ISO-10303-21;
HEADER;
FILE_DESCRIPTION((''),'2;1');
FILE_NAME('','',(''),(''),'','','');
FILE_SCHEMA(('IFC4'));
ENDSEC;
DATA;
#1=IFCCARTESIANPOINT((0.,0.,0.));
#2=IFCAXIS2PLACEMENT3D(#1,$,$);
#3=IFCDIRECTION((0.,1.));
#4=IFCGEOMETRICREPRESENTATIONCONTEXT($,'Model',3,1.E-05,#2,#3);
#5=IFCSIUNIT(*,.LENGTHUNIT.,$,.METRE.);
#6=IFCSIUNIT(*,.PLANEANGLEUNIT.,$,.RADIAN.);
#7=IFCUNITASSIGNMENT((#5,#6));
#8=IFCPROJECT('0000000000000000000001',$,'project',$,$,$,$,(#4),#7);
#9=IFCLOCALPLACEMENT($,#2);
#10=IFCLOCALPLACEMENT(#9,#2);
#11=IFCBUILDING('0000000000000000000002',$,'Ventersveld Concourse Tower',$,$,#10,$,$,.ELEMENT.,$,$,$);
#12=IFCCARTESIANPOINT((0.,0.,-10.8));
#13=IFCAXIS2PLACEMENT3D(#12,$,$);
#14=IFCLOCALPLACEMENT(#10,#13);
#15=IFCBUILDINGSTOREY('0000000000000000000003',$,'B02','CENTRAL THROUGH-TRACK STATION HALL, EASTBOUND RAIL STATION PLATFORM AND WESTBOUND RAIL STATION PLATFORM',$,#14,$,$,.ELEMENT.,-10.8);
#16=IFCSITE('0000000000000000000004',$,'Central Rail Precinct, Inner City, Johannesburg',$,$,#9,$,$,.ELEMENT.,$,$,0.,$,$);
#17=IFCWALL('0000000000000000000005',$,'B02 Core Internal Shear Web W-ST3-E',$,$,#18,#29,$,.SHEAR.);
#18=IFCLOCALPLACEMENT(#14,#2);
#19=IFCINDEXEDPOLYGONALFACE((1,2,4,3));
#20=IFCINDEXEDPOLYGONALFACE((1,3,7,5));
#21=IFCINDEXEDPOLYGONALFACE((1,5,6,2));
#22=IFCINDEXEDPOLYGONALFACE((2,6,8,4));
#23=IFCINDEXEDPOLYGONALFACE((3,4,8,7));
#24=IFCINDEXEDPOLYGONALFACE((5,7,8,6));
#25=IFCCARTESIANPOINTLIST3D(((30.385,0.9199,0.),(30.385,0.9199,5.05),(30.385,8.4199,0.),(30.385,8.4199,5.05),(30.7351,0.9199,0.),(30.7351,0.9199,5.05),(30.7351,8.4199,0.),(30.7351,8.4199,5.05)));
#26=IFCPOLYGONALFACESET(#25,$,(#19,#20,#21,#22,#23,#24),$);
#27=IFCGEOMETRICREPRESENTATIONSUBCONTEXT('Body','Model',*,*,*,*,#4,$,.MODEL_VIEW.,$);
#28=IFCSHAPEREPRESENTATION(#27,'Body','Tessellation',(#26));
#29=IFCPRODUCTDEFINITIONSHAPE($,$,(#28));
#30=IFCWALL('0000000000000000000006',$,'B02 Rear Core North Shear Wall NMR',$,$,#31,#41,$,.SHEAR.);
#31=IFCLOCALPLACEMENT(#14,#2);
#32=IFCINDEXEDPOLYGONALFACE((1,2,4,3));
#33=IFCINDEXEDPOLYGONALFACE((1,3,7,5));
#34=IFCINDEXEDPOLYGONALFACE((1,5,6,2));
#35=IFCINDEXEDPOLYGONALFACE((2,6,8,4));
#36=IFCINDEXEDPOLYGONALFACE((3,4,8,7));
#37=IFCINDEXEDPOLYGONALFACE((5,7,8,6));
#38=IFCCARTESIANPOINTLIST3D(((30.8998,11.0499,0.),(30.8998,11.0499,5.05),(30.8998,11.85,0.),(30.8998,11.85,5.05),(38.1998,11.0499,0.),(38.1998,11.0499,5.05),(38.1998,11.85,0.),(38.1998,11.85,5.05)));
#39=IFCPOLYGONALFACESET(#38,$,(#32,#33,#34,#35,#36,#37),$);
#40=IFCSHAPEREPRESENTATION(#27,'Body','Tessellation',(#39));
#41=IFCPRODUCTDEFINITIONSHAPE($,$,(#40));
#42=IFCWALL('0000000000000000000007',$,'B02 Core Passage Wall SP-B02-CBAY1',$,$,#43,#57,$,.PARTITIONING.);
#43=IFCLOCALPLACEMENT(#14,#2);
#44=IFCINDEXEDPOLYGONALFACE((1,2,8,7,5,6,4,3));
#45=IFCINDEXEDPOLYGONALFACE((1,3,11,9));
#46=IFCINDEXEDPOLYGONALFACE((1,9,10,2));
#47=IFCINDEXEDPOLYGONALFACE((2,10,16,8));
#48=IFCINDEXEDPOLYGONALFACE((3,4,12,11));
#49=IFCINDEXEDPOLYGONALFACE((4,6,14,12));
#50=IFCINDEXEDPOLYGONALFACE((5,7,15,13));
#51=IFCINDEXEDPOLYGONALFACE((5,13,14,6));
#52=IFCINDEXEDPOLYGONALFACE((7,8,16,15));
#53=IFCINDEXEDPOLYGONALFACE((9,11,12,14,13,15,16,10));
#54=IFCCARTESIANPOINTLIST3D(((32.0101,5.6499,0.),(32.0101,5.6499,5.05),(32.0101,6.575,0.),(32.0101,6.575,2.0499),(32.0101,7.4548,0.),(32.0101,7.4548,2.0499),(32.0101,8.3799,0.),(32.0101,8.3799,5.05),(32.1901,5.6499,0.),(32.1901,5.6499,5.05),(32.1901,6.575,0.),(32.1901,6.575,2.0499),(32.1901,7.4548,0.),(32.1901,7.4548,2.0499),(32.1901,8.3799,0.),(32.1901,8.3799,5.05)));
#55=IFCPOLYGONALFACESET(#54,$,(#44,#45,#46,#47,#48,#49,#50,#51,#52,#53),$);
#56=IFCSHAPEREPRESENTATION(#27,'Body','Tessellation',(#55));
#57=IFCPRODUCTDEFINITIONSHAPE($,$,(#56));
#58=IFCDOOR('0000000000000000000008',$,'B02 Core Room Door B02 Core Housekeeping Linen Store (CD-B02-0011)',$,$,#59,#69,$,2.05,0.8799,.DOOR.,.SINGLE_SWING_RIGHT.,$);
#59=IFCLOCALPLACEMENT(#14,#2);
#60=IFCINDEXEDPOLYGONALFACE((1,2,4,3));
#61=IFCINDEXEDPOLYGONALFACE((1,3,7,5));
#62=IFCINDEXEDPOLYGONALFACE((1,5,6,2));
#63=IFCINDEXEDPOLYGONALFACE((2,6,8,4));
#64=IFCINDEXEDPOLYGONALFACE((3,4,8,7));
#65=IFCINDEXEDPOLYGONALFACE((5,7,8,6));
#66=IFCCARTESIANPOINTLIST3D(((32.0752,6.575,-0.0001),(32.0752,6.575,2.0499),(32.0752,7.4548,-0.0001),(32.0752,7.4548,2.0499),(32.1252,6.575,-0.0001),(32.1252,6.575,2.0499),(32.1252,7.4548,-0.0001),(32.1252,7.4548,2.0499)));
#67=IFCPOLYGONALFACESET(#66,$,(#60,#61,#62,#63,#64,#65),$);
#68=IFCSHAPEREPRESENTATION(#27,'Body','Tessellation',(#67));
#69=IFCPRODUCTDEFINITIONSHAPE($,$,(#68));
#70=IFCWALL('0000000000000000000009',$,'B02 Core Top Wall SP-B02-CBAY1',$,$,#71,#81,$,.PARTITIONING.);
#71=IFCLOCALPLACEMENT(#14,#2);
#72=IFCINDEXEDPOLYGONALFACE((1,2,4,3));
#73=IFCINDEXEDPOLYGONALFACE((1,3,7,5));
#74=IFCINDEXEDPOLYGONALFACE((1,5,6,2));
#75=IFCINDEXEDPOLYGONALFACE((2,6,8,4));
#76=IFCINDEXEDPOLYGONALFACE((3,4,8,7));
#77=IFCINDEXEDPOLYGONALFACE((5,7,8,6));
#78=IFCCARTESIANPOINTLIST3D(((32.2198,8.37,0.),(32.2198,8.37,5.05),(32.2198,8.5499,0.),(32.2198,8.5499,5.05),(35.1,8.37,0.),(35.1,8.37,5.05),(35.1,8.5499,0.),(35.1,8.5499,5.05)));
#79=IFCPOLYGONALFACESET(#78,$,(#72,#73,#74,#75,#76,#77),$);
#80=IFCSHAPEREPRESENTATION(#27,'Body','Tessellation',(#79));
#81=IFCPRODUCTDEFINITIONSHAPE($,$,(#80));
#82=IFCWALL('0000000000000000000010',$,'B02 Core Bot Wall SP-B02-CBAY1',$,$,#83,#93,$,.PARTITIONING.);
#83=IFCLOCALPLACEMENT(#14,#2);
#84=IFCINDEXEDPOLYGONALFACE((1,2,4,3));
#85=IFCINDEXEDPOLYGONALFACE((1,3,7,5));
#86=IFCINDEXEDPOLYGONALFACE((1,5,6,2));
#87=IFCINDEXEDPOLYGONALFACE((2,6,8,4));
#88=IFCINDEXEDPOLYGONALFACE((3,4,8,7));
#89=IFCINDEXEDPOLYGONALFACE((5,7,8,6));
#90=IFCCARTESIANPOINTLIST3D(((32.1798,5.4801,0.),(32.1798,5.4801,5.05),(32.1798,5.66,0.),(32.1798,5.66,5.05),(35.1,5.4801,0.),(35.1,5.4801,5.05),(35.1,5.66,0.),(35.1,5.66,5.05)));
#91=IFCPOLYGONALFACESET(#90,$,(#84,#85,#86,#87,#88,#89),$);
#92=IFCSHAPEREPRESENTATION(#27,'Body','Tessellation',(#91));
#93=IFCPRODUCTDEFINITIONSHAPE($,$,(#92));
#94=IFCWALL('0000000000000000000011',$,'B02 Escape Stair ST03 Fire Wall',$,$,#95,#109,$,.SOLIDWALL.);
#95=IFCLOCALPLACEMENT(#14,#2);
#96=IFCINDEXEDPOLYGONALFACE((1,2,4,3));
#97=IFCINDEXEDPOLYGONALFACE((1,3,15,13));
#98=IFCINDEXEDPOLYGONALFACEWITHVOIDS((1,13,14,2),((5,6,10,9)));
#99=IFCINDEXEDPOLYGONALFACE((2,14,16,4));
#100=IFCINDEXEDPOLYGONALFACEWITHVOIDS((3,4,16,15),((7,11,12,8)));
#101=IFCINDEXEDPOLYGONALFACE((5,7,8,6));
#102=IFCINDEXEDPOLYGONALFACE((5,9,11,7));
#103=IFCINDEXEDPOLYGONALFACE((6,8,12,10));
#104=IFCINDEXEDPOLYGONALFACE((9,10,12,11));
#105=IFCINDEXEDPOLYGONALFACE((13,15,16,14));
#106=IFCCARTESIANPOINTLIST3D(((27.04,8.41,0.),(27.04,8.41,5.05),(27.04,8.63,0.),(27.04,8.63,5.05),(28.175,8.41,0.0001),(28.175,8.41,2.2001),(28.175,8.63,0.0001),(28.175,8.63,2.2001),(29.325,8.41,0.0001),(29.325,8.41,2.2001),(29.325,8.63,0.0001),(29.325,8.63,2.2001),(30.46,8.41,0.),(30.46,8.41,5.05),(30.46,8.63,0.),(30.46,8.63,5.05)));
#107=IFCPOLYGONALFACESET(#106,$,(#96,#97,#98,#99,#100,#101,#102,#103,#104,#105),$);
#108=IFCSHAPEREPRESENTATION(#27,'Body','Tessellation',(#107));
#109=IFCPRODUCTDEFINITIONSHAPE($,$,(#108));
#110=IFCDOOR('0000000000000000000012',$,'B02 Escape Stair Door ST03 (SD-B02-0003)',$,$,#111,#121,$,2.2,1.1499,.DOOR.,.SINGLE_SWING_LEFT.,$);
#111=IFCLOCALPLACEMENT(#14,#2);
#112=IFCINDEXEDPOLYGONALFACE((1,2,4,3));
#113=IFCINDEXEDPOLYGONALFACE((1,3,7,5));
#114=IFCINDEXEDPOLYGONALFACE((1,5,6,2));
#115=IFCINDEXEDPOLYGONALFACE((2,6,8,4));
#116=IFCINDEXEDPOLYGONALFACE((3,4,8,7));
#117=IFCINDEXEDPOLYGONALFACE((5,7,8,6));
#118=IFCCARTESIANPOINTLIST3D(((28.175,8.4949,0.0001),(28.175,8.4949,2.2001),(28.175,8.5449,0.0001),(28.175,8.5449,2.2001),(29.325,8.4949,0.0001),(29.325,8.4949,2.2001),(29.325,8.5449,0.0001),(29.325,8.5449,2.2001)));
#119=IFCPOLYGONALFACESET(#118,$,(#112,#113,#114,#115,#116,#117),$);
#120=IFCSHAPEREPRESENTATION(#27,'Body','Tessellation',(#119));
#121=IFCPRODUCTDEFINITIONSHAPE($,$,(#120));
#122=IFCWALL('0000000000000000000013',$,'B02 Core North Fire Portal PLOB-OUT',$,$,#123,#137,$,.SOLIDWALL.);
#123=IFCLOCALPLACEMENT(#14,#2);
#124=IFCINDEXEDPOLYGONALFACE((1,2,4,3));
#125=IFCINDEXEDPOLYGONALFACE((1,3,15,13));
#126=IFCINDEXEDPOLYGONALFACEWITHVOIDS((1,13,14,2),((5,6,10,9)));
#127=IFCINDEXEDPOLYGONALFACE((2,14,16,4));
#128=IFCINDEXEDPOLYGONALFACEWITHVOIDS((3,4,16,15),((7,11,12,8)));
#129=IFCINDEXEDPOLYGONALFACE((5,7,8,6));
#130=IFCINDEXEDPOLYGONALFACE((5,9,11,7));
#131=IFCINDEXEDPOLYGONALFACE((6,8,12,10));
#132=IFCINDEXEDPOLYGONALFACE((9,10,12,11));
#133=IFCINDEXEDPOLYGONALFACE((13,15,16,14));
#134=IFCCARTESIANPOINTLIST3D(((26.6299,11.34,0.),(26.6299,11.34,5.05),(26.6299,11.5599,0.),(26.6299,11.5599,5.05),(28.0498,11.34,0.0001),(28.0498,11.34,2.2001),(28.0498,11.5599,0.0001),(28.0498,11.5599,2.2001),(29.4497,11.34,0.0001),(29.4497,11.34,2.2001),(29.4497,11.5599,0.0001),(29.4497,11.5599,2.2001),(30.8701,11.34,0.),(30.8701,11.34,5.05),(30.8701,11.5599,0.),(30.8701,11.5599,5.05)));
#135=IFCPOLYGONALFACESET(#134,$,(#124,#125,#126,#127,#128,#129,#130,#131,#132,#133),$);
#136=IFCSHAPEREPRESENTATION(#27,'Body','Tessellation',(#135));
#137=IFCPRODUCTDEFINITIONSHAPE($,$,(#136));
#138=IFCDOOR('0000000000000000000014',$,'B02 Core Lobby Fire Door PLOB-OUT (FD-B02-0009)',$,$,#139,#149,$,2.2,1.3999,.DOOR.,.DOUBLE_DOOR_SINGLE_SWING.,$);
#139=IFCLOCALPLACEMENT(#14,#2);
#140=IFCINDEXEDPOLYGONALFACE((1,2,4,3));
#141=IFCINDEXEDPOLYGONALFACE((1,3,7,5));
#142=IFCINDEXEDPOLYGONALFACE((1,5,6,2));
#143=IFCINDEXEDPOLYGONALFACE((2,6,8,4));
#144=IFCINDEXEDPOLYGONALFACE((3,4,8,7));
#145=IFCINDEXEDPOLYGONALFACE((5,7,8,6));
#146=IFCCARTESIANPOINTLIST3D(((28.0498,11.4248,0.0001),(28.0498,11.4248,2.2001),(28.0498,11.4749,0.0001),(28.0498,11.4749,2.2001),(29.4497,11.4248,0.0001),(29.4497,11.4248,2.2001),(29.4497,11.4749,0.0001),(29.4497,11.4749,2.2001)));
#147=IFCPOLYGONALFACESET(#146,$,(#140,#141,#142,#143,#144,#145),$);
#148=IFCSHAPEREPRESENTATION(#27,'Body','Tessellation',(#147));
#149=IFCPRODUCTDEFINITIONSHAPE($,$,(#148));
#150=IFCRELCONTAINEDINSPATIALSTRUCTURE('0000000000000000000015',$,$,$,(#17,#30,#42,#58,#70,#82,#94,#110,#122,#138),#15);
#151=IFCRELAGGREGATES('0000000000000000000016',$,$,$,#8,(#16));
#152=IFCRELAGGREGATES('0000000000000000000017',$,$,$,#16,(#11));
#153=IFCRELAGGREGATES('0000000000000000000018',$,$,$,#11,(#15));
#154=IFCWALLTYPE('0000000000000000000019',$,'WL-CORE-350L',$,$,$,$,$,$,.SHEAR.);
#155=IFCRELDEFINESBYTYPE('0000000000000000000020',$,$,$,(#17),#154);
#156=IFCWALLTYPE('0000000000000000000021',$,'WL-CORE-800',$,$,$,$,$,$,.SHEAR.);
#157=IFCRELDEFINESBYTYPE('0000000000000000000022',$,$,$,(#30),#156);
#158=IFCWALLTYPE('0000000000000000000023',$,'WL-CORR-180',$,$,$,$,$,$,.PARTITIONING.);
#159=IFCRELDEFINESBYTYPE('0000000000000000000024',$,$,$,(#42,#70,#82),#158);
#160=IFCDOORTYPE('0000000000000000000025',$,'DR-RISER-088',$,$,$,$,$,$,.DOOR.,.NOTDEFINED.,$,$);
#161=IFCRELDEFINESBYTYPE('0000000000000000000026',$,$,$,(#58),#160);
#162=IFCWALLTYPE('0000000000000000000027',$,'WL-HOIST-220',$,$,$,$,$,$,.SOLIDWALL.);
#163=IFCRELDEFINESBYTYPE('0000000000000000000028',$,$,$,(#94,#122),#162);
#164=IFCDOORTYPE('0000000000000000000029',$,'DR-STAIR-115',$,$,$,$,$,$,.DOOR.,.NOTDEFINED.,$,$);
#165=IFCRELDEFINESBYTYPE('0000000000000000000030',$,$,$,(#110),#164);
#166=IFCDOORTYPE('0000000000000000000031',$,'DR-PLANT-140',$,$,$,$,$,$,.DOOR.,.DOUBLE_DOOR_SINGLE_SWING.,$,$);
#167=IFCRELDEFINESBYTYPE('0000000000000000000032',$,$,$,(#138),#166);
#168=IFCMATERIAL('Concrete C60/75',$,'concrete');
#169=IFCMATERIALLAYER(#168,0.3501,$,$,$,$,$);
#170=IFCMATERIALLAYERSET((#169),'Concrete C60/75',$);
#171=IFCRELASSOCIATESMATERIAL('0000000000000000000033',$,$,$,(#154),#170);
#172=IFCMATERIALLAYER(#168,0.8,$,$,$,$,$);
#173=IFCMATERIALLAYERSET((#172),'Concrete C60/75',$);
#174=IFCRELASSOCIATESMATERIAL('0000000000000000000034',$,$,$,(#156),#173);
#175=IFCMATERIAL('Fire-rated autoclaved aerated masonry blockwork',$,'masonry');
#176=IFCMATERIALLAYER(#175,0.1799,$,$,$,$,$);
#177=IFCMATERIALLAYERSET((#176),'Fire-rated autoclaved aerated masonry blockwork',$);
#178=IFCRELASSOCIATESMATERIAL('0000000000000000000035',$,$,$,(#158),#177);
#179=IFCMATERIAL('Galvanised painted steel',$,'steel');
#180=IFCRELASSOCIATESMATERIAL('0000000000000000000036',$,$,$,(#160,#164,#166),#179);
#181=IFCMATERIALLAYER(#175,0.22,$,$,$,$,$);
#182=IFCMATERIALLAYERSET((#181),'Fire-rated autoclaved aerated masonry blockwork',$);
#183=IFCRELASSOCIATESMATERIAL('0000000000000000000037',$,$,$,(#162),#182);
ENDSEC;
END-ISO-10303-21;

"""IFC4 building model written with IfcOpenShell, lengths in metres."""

from ifc_helpers import new_model, si_unit, direction, frame, frame_2d, origin, place, context, subcontext, project, spatial, rectangle, extrude, material, layer, layer_set, type_object, element, fill, save


model = new_model("IFC4")

# Units and contexts
model_context = context("Model", 3, precision=1e-05, world=origin(), true_north=direction((0.0, 1.0)))
body_context = subcontext(model_context, "Body", "Model", "MODEL_VIEW")
ifc_project = project(units=[si_unit("LENGTHUNIT", "METRE"), si_unit("PLANEANGLEUNIT", "RADIAN")], contexts=[model_context])

# Site, building, storey
site_placement = place(None, origin())
site = spatial("IfcSite", under=ifc_project, at=site_placement, Name="Central Rail Precinct, Inner City, Johannesburg", CompositionType="ELEMENT", RefElevation=0.0)
building_placement = place(site_placement, origin())
building = spatial("IfcBuilding", under=site, at=building_placement, Name="Ventersveld Concourse Tower", CompositionType="ELEMENT")
storey_placement = place(building_placement, frame((0.0, 0.0, -10.8)))
storey = spatial("IfcBuildingStorey", under=building, at=storey_placement, Name="B02", Description="CENTRAL THROUGH-TRACK STATION HALL, EASTBOUND RAIL STATION PLATFORM AND WESTBOUND RAIL STATION PLATFORM", CompositionType="ELEMENT", Elevation=-10.8)

# Shared definitions
ifc_material_1 = material(Name="Concrete C60/75", Category="concrete")

# Walls
ifc_layer_1 = layer(ifc_material_1, 0.3501)
ifc_layer_set_1 = layer_set([ifc_layer_1], Name="Concrete C60/75")
wall_type_1 = type_object("IfcWallType", Name="WL-CORE-350L", PredefinedType="SHEAR", material=ifc_layer_set_1)
for number, where, z_axis, x_axis, name in (
    (1, (30.5601, 0.9199, 0.0), (0.0, 0.0, 1.0), (0.0, 1.0, 0.0), "B02 Core Internal Shear Web W-ST3-E"),
):
    element("IfcWall", number, at=place(storey_placement, frame(where, z_axis=z_axis, x_axis=x_axis)), inside=storey, type_object=wall_type_1, Name=name, PredefinedType="SHEAR", context=body_context, shape_type="SweptSolid", body=[
        extrude(rectangle(XDim=7.5, YDim=0.3501, at=frame_2d((3.75, 0.0))), origin(), (0.0, 0.0, 1.0), 5.05),
    ])
ifc_layer_2 = layer(ifc_material_1, 0.8)
ifc_layer_set_2 = layer_set([ifc_layer_2], Name="Concrete C60/75")
wall_type_2 = type_object("IfcWallType", Name="WL-CORE-800", PredefinedType="SHEAR", material=ifc_layer_set_2)
wall_1_placement = place(storey_placement, frame((30.8999, 11.45, 0.0), z_axis=(0.0, 0.0, 1.0), x_axis=(1.0, 0.0, 0.0)))
element("IfcWall", 2, at=wall_1_placement, inside=storey, type_object=wall_type_2, Name="B02 Rear Core North Shear Wall NMR", PredefinedType="SHEAR", context=body_context, shape_type="SweptSolid", body=[
    extrude(rectangle(XDim=7.3, YDim=0.8, at=frame_2d((3.6499, 0.0))), origin(), (0.0, 0.0, 1.0), 5.05),
])

# Wall, opening, door
ifc_material_2 = material(Name="Fire-rated autoclaved aerated masonry blockwork", Category="masonry")
ifc_layer_3 = layer(ifc_material_2, 0.1799)
ifc_layer_set_3 = layer_set([ifc_layer_3], Name="Fire-rated autoclaved aerated masonry blockwork")
wall_type_3 = type_object("IfcWallType", Name="WL-CORR-180", PredefinedType="PARTITIONING", material=ifc_layer_set_3)
wall_2_placement = place(storey_placement, frame((32.1001, 5.6499, 0.0), z_axis=(0.0, 0.0, 1.0), x_axis=(0.0, 1.0, 0.0)))
wall_2 = element("IfcWall", 3, at=wall_2_placement, inside=storey, type_object=wall_type_3, Name="B02 Core Passage Wall SP-B02-CBAY1", PredefinedType="PARTITIONING", context=body_context, shape_type="SweptSolid", body=[
    extrude(rectangle(XDim=2.73, YDim=0.1799, at=frame_2d((1.365, 0.0))), origin(), (0.0, 0.0, 1.0), 5.05),
])
opening_1_placement = place(wall_2_placement, frame((0.925, 0.0, 0.0)))
opening_1 = element("IfcOpeningElement", 4, at=opening_1_placement, cuts=wall_2, PredefinedType="OPENING", context=body_context, shape_type="SweptSolid", body=[
    extrude(rectangle(XDim=0.8799, YDim=2.05, at=frame_2d((0.4399, 1.0249))), frame((0.0, 0.1001, 0.0), z_axis=(0.0, -1.0, 0.0), x_axis=(1.0, 0.0, 0.0)), (0.0, 0.0, 1.0), 0.2),
])
ifc_material_3 = material(Name="Galvanised painted steel", Category="steel")
door_type_1 = type_object("IfcDoorType", Name="DR-RISER-088", OperationType="NOTDEFINED", PredefinedType="DOOR", material=ifc_material_3)
door_1_placement = place(opening_1_placement, origin())
door_1 = element("IfcDoor", 5, at=door_1_placement, inside=storey, type_object=door_type_1, Name="B02 Core Room Door B02 Core Housekeeping Linen Store (CD-B02-0011)", OperationType="SINGLE_SWING_RIGHT", OverallHeight=2.05, OverallWidth=0.8799, PredefinedType="DOOR", context=body_context, shape_type="SweptSolid", body=[
    extrude(rectangle(XDim=0.8799, YDim=2.05, at=frame_2d((0.4399, 1.0249))), frame((0.0, 0.0249, 0.0), z_axis=(0.0, -1.0, 0.0), x_axis=(1.0, 0.0, 0.0)), (0.0, 0.0, 1.0), 0.05),
])
fill(opening_1, door_1)

# Walls
wall_3_placement = place(storey_placement, frame((32.22, 8.46, 0.0), z_axis=(0.0, 0.0, 1.0), x_axis=(1.0, 0.0, 0.0)))
element("IfcWall", 6, at=wall_3_placement, inside=storey, type_object=wall_type_3, Name="B02 Core Top Wall SP-B02-CBAY1", PredefinedType="PARTITIONING", context=body_context, shape_type="SweptSolid", body=[
    extrude(rectangle(XDim=2.8801, YDim=0.1799, at=frame_2d((1.4399, 0.0))), origin(), (0.0, 0.0, 1.0), 5.05),
])
wall_4_placement = place(storey_placement, frame((32.1799, 5.5701, 0.0), z_axis=(0.0, 0.0, 1.0), x_axis=(1.0, 0.0, 0.0)))
element("IfcWall", 7, at=wall_4_placement, inside=storey, type_object=wall_type_3, Name="B02 Core Bot Wall SP-B02-CBAY1", PredefinedType="PARTITIONING", context=body_context, shape_type="SweptSolid", body=[
    extrude(rectangle(XDim=2.9202, YDim=0.1799, at=frame_2d((1.46, 0.0))), origin(), (0.0, 0.0, 1.0), 5.05),
])

# Walls, openings, doors
ifc_layer_4 = layer(ifc_material_2, 0.22)
ifc_layer_set_4 = layer_set([ifc_layer_4], Name="Fire-rated autoclaved aerated masonry blockwork")
wall_type_4 = type_object("IfcWallType", Name="WL-HOIST-220", PredefinedType="SOLIDWALL", material=ifc_layer_set_4)
wall_5_placement = place(storey_placement, frame((27.04, 8.52, 0.0), z_axis=(0.0, 0.0, 1.0), x_axis=(1.0, 0.0, 0.0)))
wall_5 = element("IfcWall", 8, at=wall_5_placement, inside=storey, type_object=wall_type_4, Name="B02 Escape Stair ST03 Fire Wall", PredefinedType="SOLIDWALL", context=body_context, shape_type="SweptSolid", body=[
    extrude(rectangle(XDim=3.4199, YDim=0.22, at=frame_2d((1.71, 0.0))), origin(), (0.0, 0.0, 1.0), 5.05),
])
opening_2_placement = place(wall_5_placement, frame((1.135, 0.0, 0.0)))
opening_2 = element("IfcOpeningElement", 9, at=opening_2_placement, cuts=wall_5, PredefinedType="OPENING", context=body_context, shape_type="SweptSolid", body=[
    extrude(rectangle(XDim=1.1499, YDim=2.2, at=frame_2d((0.575, 1.1001))), frame((0.0, 0.1201, 0.0), z_axis=(0.0, -1.0, 0.0), x_axis=(1.0, 0.0, 0.0)), (0.0, 0.0, 1.0), 0.24),
])
door_type_2 = type_object("IfcDoorType", Name="DR-STAIR-115", OperationType="NOTDEFINED", PredefinedType="DOOR", material=ifc_material_3)
door_2_placement = place(opening_2_placement, origin())
door_2 = element("IfcDoor", 10, at=door_2_placement, inside=storey, type_object=door_type_2, Name="B02 Escape Stair Door ST03 (SD-B02-0003)", OperationType="SINGLE_SWING_LEFT", OverallHeight=2.2, OverallWidth=1.1499, PredefinedType="DOOR", context=body_context, shape_type="SweptSolid", body=[
    extrude(rectangle(XDim=1.1499, YDim=2.2, at=frame_2d((0.575, 1.1001))), frame((0.0, 0.0249, 0.0), z_axis=(0.0, -1.0, 0.0), x_axis=(1.0, 0.0, 0.0)), (0.0, 0.0, 1.0), 0.05),
])
fill(opening_2, door_2)
wall_6_placement = place(storey_placement, frame((26.6299, 11.45, 0.0), z_axis=(0.0, 0.0, 1.0), x_axis=(1.0, 0.0, 0.0)))
wall_6 = element("IfcWall", 11, at=wall_6_placement, inside=storey, type_object=wall_type_4, Name="B02 Core North Fire Portal PLOB-OUT", PredefinedType="SOLIDWALL", context=body_context, shape_type="SweptSolid", body=[
    extrude(rectangle(XDim=4.2402, YDim=0.22, at=frame_2d((2.1201, 0.0))), origin(), (0.0, 0.0, 1.0), 5.05),
])
opening_3_placement = place(wall_6_placement, frame((1.4199, 0.0, 0.0)))
opening_3 = element("IfcOpeningElement", 12, at=opening_3_placement, cuts=wall_6, PredefinedType="OPENING", context=body_context, shape_type="SweptSolid", body=[
    extrude(rectangle(XDim=1.3999, YDim=2.2, at=frame_2d((0.7, 1.1001))), frame((0.0, 0.1201, 0.0), z_axis=(0.0, -1.0, 0.0), x_axis=(1.0, 0.0, 0.0)), (0.0, 0.0, 1.0), 0.24),
])
door_type_3 = type_object("IfcDoorType", Name="DR-PLANT-140", OperationType="DOUBLE_DOOR_SINGLE_SWING", PredefinedType="DOOR", material=ifc_material_3)
door_3_placement = place(opening_3_placement, origin())
door_3 = element("IfcDoor", 13, at=door_3_placement, inside=storey, type_object=door_type_3, Name="B02 Core Lobby Fire Door PLOB-OUT (FD-B02-0009)", OperationType="DOUBLE_DOOR_SINGLE_SWING", OverallHeight=2.2, OverallWidth=1.3999, PredefinedType="DOOR", context=body_context, shape_type="SweptSolid", body=[
    extrude(rectangle(XDim=1.3999, YDim=2.2, at=frame_2d((0.7, 1.1001))), frame((0.0, 0.0249, 0.0), z_axis=(0.0, -1.0, 0.0), x_axis=(1.0, 0.0, 0.0)), (0.0, 0.0, 1.0), 0.05),
])
fill(opening_3, door_3)

save(model, "model.ifc")
